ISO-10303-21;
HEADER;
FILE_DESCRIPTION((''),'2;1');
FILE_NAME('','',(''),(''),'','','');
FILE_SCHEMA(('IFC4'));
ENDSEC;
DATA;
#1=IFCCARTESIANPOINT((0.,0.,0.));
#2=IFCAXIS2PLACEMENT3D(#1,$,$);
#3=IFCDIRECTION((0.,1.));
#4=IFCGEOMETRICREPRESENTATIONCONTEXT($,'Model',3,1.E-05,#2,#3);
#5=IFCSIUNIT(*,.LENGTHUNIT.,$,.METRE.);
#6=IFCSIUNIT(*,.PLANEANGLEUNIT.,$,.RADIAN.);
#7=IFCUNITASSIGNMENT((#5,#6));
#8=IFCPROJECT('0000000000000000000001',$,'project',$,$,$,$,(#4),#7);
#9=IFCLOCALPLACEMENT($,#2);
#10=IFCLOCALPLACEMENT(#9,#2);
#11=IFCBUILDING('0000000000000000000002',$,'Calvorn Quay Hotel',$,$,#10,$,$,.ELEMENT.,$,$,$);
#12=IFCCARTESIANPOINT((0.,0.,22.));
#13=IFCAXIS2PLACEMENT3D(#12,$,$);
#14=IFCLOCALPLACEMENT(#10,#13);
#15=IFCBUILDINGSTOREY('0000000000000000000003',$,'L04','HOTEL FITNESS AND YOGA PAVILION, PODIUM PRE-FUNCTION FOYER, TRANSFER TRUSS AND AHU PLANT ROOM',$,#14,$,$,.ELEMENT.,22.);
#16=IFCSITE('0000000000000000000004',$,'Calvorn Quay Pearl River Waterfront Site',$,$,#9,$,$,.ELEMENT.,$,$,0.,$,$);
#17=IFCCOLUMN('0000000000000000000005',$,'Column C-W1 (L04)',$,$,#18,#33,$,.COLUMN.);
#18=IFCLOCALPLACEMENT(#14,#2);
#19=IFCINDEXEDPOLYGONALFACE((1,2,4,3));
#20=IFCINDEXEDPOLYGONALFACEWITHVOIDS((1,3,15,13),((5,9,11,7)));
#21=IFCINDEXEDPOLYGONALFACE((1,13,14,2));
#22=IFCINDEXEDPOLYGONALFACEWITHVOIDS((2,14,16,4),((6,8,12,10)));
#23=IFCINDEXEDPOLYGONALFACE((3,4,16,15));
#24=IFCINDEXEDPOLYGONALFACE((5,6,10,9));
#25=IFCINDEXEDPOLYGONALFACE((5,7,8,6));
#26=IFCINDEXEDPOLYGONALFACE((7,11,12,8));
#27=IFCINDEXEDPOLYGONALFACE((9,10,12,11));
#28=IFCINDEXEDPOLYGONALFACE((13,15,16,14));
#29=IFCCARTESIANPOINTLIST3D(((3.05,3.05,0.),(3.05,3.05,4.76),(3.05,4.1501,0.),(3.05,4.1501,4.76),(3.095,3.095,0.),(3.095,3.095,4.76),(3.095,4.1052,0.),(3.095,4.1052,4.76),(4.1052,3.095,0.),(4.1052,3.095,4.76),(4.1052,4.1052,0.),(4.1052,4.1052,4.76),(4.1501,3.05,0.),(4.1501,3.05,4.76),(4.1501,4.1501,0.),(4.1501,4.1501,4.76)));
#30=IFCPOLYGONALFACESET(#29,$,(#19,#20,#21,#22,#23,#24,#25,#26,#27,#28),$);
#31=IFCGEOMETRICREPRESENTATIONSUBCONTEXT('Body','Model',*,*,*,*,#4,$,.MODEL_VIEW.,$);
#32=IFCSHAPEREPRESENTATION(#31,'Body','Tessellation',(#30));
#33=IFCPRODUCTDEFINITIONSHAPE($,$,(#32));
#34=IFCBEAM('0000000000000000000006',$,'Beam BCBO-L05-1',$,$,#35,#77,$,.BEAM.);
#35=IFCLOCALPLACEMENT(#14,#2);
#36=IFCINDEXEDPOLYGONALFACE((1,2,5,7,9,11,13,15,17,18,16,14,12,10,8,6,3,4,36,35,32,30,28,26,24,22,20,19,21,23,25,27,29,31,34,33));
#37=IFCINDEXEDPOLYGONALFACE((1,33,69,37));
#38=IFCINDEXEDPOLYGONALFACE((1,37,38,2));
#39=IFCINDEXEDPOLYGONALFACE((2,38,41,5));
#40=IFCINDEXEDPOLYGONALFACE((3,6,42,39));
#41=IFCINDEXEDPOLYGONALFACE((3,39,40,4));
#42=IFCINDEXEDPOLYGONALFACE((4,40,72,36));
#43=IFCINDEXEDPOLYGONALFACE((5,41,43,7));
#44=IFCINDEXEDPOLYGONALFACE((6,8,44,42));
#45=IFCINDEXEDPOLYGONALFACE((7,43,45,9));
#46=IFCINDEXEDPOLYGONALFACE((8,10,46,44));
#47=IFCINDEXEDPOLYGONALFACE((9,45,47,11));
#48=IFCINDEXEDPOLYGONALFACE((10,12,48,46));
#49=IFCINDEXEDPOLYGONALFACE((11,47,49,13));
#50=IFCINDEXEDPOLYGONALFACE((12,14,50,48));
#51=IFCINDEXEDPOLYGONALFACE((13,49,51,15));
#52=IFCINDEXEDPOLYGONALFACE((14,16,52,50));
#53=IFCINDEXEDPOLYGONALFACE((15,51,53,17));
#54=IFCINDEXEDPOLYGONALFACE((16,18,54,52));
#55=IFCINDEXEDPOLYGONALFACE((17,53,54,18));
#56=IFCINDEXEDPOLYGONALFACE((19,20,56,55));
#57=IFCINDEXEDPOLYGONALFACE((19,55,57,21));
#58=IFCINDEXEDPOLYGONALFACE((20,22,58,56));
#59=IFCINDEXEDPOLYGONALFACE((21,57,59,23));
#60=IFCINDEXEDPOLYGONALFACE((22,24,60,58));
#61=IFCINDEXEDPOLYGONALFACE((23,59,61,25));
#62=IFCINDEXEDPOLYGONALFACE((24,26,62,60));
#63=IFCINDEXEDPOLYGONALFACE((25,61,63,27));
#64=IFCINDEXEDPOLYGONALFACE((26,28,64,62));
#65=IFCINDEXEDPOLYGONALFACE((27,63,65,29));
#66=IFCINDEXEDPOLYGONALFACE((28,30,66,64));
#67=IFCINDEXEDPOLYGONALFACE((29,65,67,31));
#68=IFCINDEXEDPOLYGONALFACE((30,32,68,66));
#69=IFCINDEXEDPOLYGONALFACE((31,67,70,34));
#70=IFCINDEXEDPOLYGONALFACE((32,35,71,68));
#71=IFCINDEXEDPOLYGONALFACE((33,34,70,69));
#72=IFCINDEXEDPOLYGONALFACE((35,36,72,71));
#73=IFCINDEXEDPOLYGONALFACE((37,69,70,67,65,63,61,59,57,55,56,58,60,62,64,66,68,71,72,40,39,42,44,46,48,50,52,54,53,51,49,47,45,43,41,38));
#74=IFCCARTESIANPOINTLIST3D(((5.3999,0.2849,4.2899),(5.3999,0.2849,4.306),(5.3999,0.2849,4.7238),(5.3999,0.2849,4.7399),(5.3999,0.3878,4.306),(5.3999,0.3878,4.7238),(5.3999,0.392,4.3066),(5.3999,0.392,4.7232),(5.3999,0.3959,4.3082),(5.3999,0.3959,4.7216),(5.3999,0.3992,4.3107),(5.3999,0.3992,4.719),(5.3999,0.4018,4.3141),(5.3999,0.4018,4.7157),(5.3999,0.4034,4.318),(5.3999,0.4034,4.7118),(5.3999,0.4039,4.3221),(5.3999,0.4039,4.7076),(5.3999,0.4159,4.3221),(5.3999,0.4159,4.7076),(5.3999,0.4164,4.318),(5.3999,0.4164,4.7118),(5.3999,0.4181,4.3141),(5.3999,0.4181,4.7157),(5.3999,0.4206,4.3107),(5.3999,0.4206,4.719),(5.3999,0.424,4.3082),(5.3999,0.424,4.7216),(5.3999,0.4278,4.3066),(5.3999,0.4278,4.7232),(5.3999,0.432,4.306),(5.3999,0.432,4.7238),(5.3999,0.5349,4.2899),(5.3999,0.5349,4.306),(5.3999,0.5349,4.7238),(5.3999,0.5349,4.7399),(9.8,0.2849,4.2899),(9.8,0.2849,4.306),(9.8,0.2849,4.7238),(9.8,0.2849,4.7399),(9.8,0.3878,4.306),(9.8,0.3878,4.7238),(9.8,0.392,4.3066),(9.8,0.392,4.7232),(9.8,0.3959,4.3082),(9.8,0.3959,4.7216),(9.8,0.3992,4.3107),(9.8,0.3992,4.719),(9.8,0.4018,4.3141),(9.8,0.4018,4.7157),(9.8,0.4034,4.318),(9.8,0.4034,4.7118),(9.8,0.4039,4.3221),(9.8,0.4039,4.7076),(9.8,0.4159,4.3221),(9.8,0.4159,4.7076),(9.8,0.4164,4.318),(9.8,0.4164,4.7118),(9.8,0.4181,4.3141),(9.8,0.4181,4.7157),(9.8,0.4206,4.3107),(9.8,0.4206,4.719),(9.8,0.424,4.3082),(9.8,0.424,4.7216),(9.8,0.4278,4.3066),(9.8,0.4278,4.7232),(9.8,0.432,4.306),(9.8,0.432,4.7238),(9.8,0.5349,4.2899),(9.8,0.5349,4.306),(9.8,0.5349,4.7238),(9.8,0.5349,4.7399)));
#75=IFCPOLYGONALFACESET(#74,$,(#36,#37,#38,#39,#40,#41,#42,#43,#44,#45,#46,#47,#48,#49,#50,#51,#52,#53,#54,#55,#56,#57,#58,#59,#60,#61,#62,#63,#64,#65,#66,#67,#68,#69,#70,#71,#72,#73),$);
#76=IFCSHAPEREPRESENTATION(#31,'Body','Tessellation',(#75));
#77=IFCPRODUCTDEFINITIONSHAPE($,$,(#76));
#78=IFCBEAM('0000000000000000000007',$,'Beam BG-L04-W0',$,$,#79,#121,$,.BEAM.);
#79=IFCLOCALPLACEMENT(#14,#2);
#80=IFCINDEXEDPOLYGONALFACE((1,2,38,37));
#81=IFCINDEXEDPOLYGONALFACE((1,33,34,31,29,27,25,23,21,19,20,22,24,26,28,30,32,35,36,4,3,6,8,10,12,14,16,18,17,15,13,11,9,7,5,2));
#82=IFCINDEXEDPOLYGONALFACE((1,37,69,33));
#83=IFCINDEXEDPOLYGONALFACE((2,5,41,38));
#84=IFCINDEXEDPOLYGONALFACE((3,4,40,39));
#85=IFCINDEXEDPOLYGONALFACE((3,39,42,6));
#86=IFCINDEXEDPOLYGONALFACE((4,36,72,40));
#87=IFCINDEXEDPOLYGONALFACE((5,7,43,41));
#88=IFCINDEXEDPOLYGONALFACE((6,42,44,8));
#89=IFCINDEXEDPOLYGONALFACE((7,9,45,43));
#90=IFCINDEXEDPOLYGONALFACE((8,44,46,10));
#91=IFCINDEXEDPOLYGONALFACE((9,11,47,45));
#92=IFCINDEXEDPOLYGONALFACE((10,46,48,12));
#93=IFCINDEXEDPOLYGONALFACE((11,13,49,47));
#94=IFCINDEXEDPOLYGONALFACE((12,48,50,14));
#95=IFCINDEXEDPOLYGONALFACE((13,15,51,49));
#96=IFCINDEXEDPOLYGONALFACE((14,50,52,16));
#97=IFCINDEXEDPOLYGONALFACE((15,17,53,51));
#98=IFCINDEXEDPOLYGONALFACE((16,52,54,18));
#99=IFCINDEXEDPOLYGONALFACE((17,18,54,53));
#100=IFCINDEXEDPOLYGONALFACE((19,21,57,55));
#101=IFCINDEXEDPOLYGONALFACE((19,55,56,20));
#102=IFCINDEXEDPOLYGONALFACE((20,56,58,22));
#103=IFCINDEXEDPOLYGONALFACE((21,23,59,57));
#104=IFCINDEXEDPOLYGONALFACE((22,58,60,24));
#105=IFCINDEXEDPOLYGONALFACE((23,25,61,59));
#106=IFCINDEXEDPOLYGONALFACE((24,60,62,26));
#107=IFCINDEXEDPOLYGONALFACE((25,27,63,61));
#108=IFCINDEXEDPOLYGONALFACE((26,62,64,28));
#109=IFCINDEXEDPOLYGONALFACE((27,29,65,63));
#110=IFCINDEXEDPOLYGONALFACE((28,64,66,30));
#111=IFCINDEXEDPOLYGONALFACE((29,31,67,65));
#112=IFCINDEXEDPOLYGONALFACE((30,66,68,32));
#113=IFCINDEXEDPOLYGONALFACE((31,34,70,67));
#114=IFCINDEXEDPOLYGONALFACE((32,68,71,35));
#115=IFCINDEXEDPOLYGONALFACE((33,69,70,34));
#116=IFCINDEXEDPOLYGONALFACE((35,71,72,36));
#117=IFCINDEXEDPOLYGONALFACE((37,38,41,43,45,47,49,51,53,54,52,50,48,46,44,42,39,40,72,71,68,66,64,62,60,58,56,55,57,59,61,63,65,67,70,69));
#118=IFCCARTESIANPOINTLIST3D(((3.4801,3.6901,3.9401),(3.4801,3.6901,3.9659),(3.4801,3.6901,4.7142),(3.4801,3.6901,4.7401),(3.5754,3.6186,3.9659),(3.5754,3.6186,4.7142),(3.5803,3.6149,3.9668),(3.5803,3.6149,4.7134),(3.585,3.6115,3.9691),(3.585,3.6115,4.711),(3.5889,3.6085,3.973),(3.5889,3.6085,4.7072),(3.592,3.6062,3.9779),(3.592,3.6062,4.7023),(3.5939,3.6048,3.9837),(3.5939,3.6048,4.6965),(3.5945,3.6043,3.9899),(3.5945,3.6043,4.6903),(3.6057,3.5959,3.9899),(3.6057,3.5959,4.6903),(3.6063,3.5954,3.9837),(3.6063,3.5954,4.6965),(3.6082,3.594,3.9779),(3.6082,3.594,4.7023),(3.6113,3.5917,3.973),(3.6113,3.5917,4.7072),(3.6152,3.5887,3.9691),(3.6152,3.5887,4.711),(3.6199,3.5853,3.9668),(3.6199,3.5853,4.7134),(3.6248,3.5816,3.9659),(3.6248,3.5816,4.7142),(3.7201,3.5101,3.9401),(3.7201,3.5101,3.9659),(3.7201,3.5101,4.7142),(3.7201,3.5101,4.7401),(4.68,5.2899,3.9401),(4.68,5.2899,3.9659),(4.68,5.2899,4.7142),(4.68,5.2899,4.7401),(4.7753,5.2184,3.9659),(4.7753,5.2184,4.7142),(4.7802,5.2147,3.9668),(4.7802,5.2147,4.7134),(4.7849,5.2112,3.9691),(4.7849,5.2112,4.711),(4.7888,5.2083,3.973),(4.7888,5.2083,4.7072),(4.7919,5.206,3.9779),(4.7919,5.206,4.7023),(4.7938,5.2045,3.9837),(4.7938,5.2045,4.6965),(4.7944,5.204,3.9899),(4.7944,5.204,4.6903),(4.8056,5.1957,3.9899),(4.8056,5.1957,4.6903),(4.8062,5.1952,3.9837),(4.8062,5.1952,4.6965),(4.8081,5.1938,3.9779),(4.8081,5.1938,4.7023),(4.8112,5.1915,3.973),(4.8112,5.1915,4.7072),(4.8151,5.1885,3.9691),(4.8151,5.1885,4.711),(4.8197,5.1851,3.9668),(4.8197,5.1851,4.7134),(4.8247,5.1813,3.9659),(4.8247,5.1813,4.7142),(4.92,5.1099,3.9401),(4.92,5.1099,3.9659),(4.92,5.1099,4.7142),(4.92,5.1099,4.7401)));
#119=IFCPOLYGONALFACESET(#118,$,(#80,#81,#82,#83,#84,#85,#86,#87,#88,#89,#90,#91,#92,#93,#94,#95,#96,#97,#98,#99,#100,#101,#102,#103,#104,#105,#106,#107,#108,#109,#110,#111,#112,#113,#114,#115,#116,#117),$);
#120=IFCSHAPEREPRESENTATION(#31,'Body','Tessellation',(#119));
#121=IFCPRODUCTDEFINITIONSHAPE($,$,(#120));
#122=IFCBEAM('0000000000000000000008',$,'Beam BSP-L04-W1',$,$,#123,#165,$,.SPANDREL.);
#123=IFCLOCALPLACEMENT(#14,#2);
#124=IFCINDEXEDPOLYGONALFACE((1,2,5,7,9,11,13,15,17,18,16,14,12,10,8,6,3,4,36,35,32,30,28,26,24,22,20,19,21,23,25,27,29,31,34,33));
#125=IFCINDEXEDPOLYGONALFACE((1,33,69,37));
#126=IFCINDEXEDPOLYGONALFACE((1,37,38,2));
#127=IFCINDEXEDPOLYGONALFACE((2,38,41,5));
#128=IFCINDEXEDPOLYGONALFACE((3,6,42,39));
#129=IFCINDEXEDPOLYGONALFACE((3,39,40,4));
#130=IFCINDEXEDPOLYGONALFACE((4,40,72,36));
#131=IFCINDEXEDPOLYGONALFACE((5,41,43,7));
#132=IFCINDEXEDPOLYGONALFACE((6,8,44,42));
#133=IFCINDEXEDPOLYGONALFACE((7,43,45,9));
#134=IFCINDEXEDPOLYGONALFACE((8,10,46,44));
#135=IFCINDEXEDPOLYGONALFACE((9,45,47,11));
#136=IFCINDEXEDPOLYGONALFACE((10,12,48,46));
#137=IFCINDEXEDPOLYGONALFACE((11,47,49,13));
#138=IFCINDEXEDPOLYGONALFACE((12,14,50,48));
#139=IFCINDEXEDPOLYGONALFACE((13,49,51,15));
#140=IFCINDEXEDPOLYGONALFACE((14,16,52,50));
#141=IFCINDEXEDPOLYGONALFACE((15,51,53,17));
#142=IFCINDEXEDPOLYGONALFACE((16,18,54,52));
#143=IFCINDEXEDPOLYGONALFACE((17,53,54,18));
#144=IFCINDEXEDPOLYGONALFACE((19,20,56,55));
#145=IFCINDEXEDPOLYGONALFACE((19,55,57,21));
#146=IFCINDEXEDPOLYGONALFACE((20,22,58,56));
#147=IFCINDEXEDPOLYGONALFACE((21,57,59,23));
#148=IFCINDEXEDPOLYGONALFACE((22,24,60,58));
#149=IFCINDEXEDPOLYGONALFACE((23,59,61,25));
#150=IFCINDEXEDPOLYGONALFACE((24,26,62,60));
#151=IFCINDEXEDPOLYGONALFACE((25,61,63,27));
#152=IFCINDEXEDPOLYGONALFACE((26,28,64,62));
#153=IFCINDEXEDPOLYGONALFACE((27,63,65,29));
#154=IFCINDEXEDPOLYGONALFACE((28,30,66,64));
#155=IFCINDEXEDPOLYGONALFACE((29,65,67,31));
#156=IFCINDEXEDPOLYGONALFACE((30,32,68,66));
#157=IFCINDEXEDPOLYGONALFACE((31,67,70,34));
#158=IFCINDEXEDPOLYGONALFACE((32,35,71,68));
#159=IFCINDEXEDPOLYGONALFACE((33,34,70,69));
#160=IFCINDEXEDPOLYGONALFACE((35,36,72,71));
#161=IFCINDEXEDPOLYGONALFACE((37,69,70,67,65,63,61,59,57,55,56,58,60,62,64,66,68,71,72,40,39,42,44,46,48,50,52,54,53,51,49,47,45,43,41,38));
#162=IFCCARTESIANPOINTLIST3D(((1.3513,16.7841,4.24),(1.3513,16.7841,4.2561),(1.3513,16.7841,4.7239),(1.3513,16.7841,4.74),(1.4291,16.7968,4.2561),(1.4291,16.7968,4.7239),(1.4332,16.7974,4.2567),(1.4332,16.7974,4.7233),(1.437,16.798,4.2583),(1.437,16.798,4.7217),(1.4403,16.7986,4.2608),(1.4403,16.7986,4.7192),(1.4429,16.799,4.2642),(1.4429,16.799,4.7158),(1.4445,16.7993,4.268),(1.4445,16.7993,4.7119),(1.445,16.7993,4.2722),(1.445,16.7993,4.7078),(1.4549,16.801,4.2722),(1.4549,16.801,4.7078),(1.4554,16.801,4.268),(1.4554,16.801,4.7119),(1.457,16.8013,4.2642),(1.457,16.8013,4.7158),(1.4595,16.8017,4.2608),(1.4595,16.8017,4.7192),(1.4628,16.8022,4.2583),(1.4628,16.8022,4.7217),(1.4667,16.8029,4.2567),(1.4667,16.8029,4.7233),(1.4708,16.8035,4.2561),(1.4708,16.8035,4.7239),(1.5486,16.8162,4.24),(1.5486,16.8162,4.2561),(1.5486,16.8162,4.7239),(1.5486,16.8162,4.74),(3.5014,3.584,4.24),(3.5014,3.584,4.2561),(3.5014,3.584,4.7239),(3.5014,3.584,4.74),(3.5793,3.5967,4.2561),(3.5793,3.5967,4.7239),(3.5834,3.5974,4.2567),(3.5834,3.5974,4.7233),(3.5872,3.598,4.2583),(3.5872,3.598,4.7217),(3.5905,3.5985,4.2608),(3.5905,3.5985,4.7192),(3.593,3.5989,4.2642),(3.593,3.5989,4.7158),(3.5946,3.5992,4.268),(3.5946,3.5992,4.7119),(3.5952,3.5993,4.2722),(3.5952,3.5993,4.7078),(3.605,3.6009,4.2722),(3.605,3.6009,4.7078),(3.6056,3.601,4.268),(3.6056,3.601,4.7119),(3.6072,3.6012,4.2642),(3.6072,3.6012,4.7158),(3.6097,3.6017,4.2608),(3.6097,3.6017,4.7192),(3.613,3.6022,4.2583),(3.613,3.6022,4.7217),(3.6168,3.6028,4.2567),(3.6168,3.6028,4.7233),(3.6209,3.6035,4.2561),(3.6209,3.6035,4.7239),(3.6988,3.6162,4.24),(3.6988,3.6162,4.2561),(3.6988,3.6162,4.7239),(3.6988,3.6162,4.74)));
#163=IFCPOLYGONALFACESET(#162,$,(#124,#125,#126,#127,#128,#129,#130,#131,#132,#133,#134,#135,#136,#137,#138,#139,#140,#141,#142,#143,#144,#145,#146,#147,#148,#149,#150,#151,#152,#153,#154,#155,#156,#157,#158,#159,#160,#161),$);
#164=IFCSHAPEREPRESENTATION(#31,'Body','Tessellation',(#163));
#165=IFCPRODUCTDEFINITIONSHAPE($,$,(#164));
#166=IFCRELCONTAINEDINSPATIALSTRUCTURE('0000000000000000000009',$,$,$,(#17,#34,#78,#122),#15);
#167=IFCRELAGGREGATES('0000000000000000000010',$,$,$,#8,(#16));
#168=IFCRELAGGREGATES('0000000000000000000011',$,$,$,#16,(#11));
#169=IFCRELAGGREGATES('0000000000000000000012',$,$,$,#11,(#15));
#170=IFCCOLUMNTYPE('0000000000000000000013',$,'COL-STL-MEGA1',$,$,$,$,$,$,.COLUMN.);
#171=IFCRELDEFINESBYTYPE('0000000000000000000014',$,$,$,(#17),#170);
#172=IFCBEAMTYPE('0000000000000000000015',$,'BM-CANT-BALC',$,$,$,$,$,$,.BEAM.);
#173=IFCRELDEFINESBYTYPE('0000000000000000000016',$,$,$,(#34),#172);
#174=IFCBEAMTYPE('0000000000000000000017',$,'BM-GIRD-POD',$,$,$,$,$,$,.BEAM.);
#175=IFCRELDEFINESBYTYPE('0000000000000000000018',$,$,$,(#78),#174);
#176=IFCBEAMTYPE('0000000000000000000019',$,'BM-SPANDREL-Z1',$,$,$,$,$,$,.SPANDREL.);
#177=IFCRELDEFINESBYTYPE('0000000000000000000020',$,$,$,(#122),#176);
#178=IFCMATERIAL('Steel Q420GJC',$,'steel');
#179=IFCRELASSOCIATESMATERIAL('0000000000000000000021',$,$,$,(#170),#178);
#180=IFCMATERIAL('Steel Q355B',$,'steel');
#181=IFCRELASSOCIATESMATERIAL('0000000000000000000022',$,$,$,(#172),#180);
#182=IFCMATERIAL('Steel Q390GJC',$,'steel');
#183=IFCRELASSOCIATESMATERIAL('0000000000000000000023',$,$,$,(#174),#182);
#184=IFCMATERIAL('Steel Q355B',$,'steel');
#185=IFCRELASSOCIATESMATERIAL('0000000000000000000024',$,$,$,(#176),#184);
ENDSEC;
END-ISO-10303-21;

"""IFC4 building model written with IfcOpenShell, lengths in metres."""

from ifc_helpers import new_model, si_unit, direction, frame, origin, origin_2d, place, context, subcontext, project, spatial, hollow_rectangle, i_section, extrude, material, material_profile, profile_set, type_object, element, save


model = new_model("IFC4")

# Units and contexts
model_context = context("Model", 3, precision=1e-05, world=origin(), true_north=direction((0.0, 1.0)))
body_context = subcontext(model_context, "Body", "Model", "MODEL_VIEW")
ifc_project = project(units=[si_unit("LENGTHUNIT", "METRE"), si_unit("PLANEANGLEUNIT", "RADIAN")], contexts=[model_context])

# Site, building, storey
site_placement = place(None, origin())
site = spatial("IfcSite", under=ifc_project, at=site_placement, Name="Calvorn Quay Pearl River Waterfront Site", CompositionType="ELEMENT", RefElevation=0.0)
building_placement = place(site_placement, origin())
building = spatial("IfcBuilding", under=site, at=building_placement, Name="Calvorn Quay Hotel", CompositionType="ELEMENT")
storey_placement = place(building_placement, frame((0.0, 0.0, 22.0)))
storey = spatial("IfcBuildingStorey", under=building, at=storey_placement, Name="L04", Description="HOTEL FITNESS AND YOGA PAVILION, PODIUM PRE-FUNCTION FOYER, TRANSFER TRUSS AND AHU PLANT ROOM", CompositionType="ELEMENT", Elevation=22.0)

# Column
ifc_material_1 = material(Name="Steel Q420GJC", Category="steel")
ifc_material_profile_1 = material_profile(ifc_material_1, hollow_rectangle(XDim=1.1001, YDim=1.1001, WallThickness=0.0449, at=origin_2d()), Name="BOX1100x1100x45")
ifc_profile_set_1 = profile_set([ifc_material_profile_1], Name="Steel Q420GJC")
column_type = type_object("IfcColumnType", Name="COL-STL-MEGA1", PredefinedType="COLUMN", material=ifc_profile_set_1)
column_placement = place(storey_placement, frame((3.6001, 3.6001, 0.0), z_axis=(0.0, 0.0, 1.0), x_axis=(1.0, 0.0, 0.0)))
element("IfcColumn", 1, at=column_placement, inside=storey, type_object=column_type, Name="Column C-W1 (L04)", PredefinedType="COLUMN", context=body_context, shape_type="SweptSolid", body=[
    extrude(hollow_rectangle(XDim=1.1001, YDim=1.1001, WallThickness=0.0449, at=origin_2d()), origin(), (0.0, 0.0, 1.0), 4.76),
])

# Beams
ifc_material_2 = material(Name="Steel Q355B", Category="steel")
ifc_material_profile_2 = material_profile(ifc_material_2, i_section(OverallWidth=0.25, OverallDepth=0.45, WebThickness=0.012, FlangeThickness=0.0161, FilletRadius=0.0161, at=origin_2d()), Name="HN450x250x12x16")
ifc_profile_set_2 = profile_set([ifc_material_profile_2], Name="Steel Q355B")
beam_type_1 = type_object("IfcBeamType", Name="BM-CANT-BALC", PredefinedType="BEAM", material=ifc_profile_set_2)
beam_1_placement = place(storey_placement, frame((5.3999, 0.4099, 4.5149), z_axis=(1.0, 0.0, 0.0), x_axis=(0.0, 1.0, 0.0)))
element("IfcBeam", 2, at=beam_1_placement, inside=storey, type_object=beam_type_1, Name="Beam BCBO-L05-1", PredefinedType="BEAM", context=body_context, shape_type="SweptSolid", body=[
    extrude(i_section(OverallWidth=0.25, OverallDepth=0.45, WebThickness=0.012, FlangeThickness=0.0161, FilletRadius=0.0161, at=origin_2d()), origin(), (0.0, 0.0, 1.0), 4.4001),
])
ifc_material_3 = material(Name="Steel Q390GJC", Category="steel")
ifc_material_profile_3 = material_profile(ifc_material_3, i_section(OverallWidth=0.3, OverallDepth=0.8, WebThickness=0.0139, FlangeThickness=0.0259, FilletRadius=0.0239, at=origin_2d()), Name="HN800x300x14x26")
ifc_profile_set_3 = profile_set([ifc_material_profile_3], Name="Steel Q390GJC")
beam_type_2 = type_object("IfcBeamType", Name="BM-GIRD-POD", PredefinedType="BEAM", material=ifc_profile_set_3)
beam_2_placement = place(storey_placement, frame((3.6001, 3.6001, 4.3401), z_axis=(0.60002, 0.799985, 0.0), x_axis=(-0.799985, 0.60002, 0.0)))
element("IfcBeam", 3, at=beam_2_placement, inside=storey, type_object=beam_type_2, Name="Beam BG-L04-W0", PredefinedType="BEAM", context=body_context, shape_type="SweptSolid", body=[
    extrude(i_section(OverallWidth=0.3, OverallDepth=0.8, WebThickness=0.0139, FlangeThickness=0.0259, FilletRadius=0.0239, at=origin_2d()), origin(), (0.0, 0.0, 1.0), 1.9998),
])
ifc_material_4 = material(Name="Steel Q355B", Category="steel")
ifc_material_profile_4 = material_profile(ifc_material_4, i_section(OverallWidth=0.2, OverallDepth=0.5, WebThickness=0.01, FlangeThickness=0.0161, FilletRadius=0.0161, at=origin_2d()), Name="HN500x200x10x16")
ifc_profile_set_4 = profile_set([ifc_material_profile_4], Name="Steel Q355B")
beam_type_3 = type_object("IfcBeamType", Name="BM-SPANDREL-Z1", PredefinedType="SPANDREL", material=ifc_profile_set_4)
beam_3_placement = place(storey_placement, frame((3.6001, 3.6001, 4.49), z_axis=(-0.160772, 0.986992, 0.0), x_axis=(-0.986992, -0.160772, 0.0)))
element("IfcBeam", 4, at=beam_3_placement, inside=storey, type_object=beam_type_3, Name="Beam BSP-L04-W1", PredefinedType="SPANDREL", context=body_context, shape_type="SweptSolid", body=[
    extrude(i_section(OverallWidth=0.2, OverallDepth=0.5, WebThickness=0.01, FlangeThickness=0.0161, FilletRadius=0.0161, at=origin_2d()), origin(), (0.0, 0.0, 1.0), 13.374),
])

save(model, "model.ifc")
